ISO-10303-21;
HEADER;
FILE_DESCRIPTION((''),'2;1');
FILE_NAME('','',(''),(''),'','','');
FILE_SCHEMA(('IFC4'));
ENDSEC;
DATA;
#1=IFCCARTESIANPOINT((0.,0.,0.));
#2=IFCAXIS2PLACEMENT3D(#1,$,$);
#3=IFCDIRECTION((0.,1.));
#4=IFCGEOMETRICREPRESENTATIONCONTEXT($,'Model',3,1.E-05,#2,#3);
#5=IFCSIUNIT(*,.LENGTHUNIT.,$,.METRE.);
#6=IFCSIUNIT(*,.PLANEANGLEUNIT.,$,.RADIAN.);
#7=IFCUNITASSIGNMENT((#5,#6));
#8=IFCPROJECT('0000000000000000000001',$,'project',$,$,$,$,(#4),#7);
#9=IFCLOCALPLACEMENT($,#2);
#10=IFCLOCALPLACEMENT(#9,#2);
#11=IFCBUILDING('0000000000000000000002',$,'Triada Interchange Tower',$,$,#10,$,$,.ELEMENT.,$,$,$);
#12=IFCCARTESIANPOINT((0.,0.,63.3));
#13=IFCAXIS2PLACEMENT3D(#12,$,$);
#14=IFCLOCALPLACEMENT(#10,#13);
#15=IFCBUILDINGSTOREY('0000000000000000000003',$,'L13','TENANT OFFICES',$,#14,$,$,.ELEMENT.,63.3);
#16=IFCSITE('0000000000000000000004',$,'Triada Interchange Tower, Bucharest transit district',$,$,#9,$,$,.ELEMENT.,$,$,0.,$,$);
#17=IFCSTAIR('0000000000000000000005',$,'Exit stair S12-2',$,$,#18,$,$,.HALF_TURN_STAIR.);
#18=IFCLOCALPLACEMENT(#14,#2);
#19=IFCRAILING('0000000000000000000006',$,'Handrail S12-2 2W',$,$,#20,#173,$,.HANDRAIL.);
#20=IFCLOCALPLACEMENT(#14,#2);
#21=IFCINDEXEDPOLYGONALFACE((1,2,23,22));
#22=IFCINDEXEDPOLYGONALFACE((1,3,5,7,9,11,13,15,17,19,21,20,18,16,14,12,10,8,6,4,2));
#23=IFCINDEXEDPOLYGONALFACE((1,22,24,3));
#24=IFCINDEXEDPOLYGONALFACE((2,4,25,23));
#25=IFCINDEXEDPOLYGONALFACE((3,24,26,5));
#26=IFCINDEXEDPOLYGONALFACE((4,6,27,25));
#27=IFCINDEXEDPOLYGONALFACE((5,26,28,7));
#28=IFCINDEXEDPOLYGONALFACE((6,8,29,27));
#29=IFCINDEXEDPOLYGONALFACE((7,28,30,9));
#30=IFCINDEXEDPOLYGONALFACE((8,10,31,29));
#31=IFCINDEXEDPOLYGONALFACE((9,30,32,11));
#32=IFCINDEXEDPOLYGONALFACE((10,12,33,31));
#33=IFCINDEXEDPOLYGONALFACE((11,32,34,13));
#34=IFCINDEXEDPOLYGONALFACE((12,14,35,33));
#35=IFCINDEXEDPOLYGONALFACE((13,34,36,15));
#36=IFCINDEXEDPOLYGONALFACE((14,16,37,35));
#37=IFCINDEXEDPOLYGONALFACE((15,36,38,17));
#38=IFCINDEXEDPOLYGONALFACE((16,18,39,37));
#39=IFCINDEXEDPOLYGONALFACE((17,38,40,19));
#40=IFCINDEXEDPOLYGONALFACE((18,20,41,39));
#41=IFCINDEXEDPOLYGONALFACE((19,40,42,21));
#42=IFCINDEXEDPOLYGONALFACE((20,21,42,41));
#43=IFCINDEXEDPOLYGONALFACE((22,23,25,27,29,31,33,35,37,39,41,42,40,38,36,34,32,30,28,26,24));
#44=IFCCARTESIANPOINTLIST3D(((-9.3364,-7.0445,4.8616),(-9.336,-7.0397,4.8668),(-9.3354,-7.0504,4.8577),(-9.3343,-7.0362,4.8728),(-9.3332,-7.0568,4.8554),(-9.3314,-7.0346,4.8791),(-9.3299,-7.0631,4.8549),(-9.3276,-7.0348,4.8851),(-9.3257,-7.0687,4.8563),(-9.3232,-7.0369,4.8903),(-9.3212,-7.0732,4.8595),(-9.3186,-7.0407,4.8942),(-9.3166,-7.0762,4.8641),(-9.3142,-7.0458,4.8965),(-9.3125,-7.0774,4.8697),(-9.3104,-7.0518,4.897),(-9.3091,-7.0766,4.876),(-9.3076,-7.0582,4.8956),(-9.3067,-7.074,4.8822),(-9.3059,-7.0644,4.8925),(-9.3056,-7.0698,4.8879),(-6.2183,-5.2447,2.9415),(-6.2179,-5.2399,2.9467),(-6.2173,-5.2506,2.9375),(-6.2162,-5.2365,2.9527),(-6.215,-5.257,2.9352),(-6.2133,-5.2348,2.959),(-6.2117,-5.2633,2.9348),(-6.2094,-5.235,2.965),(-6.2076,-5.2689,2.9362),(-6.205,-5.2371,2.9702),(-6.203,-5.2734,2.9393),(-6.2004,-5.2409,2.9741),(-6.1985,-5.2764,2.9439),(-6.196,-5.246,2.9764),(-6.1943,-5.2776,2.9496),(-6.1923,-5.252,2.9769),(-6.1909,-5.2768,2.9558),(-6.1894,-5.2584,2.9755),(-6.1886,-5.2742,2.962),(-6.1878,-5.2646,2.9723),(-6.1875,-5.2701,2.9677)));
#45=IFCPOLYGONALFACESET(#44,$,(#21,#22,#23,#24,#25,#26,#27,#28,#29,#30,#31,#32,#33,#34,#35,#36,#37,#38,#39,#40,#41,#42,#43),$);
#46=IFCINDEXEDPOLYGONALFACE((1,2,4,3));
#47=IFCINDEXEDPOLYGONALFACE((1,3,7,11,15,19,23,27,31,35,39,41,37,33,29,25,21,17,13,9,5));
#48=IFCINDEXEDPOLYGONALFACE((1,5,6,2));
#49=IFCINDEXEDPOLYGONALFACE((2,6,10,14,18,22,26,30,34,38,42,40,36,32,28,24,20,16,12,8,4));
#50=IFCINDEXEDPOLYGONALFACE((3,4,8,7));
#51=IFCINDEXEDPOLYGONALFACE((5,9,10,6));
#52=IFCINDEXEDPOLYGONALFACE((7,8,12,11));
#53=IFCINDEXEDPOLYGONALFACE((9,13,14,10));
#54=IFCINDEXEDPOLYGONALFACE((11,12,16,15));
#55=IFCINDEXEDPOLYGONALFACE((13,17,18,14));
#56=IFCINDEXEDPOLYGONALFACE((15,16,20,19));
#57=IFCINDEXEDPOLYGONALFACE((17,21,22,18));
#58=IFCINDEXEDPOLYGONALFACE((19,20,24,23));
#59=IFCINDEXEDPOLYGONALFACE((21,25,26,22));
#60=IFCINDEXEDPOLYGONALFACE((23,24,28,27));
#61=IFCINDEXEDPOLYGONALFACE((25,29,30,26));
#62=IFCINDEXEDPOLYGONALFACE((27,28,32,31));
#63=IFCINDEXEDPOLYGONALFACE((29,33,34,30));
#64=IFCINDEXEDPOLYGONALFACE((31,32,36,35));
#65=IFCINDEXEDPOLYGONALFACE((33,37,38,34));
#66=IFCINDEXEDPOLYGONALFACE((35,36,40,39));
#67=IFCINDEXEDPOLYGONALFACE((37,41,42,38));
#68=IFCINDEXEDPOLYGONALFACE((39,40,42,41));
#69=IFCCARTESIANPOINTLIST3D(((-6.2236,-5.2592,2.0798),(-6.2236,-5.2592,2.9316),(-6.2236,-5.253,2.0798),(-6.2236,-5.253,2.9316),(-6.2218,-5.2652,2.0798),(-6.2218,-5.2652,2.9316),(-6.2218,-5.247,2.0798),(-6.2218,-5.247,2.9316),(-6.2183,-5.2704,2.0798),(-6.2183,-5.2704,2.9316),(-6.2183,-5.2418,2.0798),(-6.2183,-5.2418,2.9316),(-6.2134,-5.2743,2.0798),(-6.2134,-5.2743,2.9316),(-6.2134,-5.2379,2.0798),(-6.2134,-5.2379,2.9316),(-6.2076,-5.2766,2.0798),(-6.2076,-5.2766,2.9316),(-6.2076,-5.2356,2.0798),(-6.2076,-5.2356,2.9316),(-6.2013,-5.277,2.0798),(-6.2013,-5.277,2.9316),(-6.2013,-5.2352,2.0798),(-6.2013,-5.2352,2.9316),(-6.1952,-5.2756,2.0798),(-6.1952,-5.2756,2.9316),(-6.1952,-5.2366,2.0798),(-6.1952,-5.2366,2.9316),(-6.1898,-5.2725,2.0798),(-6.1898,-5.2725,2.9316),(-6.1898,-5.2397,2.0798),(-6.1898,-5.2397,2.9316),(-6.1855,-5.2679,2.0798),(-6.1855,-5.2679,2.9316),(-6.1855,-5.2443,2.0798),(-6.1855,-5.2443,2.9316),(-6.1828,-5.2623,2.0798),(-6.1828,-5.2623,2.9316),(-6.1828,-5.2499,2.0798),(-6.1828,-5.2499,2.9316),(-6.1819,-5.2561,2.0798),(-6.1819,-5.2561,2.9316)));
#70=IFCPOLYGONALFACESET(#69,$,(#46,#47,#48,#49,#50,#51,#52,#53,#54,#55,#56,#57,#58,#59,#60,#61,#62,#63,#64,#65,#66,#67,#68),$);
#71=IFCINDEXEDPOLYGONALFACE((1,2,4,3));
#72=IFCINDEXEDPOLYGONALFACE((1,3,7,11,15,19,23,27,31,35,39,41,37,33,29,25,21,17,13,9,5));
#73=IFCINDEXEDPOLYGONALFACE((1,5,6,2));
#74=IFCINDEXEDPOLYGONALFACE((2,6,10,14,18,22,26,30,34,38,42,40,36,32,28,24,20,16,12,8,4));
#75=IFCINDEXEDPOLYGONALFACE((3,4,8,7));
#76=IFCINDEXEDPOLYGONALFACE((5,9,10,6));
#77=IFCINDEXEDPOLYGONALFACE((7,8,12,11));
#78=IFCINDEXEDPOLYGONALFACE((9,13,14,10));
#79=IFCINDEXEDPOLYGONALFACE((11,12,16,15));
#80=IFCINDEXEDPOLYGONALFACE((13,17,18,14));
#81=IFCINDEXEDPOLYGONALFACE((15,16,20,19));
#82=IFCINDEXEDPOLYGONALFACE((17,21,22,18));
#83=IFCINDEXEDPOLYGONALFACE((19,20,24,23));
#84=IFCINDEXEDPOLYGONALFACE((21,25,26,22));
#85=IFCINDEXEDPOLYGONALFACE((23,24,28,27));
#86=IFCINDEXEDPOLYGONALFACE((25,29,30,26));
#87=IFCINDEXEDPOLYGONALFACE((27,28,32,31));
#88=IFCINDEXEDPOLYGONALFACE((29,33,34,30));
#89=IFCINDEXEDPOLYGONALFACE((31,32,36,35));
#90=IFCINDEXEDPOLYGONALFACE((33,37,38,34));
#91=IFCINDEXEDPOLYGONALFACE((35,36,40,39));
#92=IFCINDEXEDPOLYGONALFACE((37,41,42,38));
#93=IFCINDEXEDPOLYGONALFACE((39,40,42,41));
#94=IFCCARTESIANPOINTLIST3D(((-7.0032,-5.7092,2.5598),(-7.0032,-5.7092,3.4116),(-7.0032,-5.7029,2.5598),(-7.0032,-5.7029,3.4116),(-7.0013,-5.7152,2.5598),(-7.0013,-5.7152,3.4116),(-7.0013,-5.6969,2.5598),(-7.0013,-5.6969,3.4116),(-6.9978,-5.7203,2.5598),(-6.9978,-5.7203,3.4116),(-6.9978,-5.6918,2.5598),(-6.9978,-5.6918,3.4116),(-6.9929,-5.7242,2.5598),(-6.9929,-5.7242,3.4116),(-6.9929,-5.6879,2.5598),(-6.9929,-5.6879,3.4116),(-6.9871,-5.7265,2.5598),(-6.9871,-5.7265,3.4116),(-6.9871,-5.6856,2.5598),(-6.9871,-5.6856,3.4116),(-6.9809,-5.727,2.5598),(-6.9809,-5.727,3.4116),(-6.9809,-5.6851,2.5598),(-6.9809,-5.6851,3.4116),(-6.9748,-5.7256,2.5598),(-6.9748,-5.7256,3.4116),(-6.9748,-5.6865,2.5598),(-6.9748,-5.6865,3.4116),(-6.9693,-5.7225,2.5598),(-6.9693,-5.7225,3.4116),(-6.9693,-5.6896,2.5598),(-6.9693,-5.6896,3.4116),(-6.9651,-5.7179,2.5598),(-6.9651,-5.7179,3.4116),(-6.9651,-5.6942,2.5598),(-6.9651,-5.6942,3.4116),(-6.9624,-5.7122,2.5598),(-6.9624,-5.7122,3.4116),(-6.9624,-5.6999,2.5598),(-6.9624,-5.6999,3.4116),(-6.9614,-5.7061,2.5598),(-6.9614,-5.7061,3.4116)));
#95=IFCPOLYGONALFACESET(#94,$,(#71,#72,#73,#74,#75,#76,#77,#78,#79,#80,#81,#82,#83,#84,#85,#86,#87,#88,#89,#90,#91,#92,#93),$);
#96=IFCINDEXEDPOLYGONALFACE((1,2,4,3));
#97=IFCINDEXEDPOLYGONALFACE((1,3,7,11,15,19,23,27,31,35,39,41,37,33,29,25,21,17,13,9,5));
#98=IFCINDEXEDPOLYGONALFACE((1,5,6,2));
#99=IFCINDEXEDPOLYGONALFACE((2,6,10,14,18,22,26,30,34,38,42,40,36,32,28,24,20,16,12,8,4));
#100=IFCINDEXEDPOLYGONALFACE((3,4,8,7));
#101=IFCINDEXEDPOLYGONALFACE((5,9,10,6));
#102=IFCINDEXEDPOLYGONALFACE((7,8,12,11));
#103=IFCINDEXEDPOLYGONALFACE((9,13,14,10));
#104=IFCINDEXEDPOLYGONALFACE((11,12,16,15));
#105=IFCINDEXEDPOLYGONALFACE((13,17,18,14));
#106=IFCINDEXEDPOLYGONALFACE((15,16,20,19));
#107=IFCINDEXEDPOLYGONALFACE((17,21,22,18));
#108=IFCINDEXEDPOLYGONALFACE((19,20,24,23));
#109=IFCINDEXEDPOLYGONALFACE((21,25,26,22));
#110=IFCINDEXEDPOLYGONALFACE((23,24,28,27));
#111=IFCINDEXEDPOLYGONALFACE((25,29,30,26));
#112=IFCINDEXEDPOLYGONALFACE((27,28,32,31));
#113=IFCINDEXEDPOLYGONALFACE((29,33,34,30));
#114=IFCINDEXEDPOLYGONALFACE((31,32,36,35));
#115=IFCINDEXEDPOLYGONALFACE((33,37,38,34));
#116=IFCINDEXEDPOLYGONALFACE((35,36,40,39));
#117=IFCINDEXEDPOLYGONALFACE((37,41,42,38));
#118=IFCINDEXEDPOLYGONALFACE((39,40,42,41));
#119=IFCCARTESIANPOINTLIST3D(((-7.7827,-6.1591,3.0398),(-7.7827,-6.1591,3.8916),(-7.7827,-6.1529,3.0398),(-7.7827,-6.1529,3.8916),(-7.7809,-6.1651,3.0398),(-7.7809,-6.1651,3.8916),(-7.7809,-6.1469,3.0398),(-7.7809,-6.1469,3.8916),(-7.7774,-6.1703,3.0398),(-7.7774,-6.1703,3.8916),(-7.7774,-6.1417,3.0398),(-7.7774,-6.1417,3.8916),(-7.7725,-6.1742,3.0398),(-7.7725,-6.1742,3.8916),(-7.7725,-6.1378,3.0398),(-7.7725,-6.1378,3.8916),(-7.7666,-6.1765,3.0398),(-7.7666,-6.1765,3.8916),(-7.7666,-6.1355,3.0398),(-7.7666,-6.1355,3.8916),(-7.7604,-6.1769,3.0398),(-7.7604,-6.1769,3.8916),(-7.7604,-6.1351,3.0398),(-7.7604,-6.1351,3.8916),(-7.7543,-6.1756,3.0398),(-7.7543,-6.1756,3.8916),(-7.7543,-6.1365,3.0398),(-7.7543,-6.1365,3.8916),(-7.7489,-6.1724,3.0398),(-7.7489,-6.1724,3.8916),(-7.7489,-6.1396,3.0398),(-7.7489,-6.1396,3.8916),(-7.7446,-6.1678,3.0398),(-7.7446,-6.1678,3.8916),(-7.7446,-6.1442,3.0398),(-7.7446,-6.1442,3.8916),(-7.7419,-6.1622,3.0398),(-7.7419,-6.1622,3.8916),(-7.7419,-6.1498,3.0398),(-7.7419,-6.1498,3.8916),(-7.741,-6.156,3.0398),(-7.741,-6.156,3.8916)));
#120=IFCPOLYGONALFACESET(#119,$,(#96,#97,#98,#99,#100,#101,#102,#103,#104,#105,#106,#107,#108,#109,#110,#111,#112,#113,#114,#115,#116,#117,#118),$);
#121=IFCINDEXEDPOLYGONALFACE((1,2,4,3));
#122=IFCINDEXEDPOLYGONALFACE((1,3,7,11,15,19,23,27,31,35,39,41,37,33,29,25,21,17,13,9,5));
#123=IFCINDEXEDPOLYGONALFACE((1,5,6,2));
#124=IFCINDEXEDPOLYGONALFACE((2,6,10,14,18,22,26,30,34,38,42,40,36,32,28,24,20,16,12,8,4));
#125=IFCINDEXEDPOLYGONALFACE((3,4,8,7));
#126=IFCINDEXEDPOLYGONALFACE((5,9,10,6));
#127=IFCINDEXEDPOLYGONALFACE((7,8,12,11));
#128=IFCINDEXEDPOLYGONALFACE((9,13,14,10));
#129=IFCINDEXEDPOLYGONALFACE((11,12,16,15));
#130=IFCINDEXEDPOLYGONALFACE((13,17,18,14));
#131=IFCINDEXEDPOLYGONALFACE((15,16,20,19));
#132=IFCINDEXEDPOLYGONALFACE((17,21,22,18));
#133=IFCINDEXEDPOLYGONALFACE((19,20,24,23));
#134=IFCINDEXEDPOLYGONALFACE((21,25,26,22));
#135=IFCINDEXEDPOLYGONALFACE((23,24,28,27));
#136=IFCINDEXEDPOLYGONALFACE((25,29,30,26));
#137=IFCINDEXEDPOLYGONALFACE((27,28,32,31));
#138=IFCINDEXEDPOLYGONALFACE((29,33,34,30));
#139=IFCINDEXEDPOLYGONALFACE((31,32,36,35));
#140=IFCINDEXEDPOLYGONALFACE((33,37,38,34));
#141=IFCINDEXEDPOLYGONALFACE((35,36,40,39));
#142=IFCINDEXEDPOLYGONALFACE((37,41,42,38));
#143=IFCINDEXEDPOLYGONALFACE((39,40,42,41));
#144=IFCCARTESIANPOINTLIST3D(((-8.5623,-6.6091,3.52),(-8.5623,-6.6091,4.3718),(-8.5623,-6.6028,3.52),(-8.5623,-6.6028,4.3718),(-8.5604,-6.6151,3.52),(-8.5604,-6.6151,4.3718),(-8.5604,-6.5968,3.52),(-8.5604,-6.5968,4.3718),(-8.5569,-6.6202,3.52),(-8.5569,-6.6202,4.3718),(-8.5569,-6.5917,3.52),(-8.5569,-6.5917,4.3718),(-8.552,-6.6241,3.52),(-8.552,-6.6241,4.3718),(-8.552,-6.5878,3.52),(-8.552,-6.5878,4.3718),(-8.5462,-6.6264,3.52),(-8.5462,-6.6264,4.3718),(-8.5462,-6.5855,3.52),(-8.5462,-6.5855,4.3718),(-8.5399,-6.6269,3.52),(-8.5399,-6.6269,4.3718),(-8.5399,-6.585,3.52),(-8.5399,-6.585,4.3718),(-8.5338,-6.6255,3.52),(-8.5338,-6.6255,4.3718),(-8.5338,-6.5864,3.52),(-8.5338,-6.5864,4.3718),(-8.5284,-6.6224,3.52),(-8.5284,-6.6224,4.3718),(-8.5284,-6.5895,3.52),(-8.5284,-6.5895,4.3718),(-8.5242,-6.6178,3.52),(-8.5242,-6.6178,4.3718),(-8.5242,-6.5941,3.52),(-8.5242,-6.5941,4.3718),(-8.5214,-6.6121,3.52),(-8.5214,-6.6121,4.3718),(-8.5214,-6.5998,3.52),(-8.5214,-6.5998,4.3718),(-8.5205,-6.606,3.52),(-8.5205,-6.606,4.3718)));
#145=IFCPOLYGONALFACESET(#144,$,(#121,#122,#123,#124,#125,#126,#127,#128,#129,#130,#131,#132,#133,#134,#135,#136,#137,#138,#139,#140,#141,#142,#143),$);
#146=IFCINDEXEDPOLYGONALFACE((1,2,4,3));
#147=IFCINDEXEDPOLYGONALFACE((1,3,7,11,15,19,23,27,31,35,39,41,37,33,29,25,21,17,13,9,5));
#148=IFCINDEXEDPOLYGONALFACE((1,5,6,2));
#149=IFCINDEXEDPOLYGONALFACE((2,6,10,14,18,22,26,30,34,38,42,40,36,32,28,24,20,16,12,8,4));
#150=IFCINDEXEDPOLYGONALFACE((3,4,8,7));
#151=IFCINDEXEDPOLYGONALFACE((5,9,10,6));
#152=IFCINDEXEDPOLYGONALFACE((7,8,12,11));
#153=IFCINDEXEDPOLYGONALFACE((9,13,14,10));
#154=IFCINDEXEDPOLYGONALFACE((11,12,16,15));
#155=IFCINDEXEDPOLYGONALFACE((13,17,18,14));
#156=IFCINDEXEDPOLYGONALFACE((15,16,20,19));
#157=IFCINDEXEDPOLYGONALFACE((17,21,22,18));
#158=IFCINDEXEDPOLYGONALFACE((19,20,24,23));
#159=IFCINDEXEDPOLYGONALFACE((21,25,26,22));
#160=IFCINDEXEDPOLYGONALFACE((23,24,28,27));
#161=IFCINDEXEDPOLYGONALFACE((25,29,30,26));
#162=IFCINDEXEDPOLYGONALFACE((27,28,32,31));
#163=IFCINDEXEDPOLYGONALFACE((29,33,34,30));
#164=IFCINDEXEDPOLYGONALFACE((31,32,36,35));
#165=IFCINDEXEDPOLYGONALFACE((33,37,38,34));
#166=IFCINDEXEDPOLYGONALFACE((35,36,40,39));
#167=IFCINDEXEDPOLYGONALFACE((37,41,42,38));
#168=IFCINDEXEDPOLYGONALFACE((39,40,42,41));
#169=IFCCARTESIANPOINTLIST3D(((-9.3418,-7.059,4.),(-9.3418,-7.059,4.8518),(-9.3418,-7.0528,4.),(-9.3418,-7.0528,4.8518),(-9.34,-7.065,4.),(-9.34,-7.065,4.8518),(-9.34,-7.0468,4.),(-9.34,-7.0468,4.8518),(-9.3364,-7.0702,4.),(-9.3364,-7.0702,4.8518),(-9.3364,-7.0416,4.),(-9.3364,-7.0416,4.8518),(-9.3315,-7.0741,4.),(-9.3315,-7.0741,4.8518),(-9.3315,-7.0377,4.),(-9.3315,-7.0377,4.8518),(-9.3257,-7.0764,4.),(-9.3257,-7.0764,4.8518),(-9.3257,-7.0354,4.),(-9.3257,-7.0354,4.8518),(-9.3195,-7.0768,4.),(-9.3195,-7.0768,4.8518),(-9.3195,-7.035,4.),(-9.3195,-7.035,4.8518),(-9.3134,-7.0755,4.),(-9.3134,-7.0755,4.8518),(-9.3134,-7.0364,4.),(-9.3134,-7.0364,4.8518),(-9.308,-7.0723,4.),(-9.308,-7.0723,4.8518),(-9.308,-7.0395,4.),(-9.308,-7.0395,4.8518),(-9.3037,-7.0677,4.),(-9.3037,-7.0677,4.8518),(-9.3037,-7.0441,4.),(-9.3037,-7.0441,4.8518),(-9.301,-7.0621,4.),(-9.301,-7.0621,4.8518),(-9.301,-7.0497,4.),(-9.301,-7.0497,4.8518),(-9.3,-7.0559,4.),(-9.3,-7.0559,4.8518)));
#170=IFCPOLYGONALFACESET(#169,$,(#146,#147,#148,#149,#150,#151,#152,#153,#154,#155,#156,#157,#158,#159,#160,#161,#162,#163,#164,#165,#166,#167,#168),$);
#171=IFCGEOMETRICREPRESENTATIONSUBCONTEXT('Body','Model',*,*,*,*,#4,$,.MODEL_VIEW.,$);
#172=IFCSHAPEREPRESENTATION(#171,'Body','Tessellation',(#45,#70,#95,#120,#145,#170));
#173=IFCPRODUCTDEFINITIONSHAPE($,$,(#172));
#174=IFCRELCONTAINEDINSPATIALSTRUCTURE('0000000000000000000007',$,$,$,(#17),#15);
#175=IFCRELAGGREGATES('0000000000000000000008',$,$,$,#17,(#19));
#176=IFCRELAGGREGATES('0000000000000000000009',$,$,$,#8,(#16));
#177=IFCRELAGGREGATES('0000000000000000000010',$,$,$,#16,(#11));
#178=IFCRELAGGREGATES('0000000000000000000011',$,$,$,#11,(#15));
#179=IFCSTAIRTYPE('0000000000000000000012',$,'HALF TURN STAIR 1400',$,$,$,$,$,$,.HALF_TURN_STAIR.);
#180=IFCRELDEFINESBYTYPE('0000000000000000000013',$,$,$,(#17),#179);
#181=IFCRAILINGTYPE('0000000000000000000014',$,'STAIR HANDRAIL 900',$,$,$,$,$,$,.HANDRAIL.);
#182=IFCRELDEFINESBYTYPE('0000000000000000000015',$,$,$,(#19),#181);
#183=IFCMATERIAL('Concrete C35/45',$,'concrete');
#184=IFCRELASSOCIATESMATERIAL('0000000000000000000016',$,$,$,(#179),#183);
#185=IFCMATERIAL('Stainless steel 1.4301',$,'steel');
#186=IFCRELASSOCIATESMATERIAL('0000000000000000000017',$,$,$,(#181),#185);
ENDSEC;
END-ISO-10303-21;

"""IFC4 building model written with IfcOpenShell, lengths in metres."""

from ifc_helpers import new_model, si_unit, direction, frame, origin, origin_2d, place, context, subcontext, project, spatial, circle, extrude, material, type_object, element, aggregate, save


model = new_model("IFC4")

# Units and contexts
model_context = context("Model", 3, precision=1e-05, world=origin(), true_north=direction((0.0, 1.0)))
body_context = subcontext(model_context, "Body", "Model", "MODEL_VIEW")
ifc_project = project(units=[si_unit("LENGTHUNIT", "METRE"), si_unit("PLANEANGLEUNIT", "RADIAN")], contexts=[model_context])

# Site, building, storey
site_placement = place(None, origin())
site = spatial("IfcSite", under=ifc_project, at=site_placement, Name="Triada Interchange Tower, Bucharest transit district", CompositionType="ELEMENT", RefElevation=0.0)
building_placement = place(site_placement, origin())
building = spatial("IfcBuilding", under=site, at=building_placement, Name="Triada Interchange Tower", CompositionType="ELEMENT")
storey_placement = place(building_placement, frame((0.0, 0.0, 63.3)))
storey = spatial("IfcBuildingStorey", under=building, at=storey_placement, Name="L13", Description="TENANT OFFICES", CompositionType="ELEMENT", Elevation=63.3)

# Stair, railing
ifc_material_1 = material(Name="Concrete C35/45", Category="concrete")
stair_type = type_object("IfcStairType", Name="HALF TURN STAIR 1400", PredefinedType="HALF_TURN_STAIR", material=ifc_material_1)
stair_placement = place(storey_placement, origin())
stair = element("IfcStair", 1, at=stair_placement, inside=storey, type_object=stair_type, Name="Exit stair S12-2", PredefinedType="HALF_TURN_STAIR")
ifc_material_2 = material(Name="Stainless steel 1.4301", Category="steel")
railing_type = type_object("IfcRailingType", Name="STAIR HANDRAIL 900", PredefinedType="HANDRAIL", material=ifc_material_2)
railing_1_placement = place(storey_placement, frame((-6.2029, -5.2561, 2.0798)))
railing_1 = element("IfcRailing", 2, at=railing_1_placement, type_object=railing_type, Name="Handrail S12-2 2W", PredefinedType="HANDRAIL", context=body_context, shape_type="SweptSolid", body=[
    extrude(circle(Radius=0.0239, at=origin_2d()), frame((0.0, 0.0, 0.876), z_axis=(-0.76419, -0.44109, 0.470588), x_axis=(0.499902, -0.866082, 0.0)), (0.0, 0.0, 1.0), 4.0803),
    extrude(circle(Radius=0.021, at=origin_2d()), origin(), (0.0, 0.0, 1.0), 0.8518),
    extrude(circle(Radius=0.021, at=origin_2d()), frame((-0.7795, -0.45, 0.48)), (0.0, 0.0, 1.0), 0.8518),
    extrude(circle(Radius=0.021, at=origin_2d()), frame((-1.5591, -0.8999, 0.96)), (0.0, 0.0, 1.0), 0.8518),
    extrude(circle(Radius=0.021, at=origin_2d()), frame((-2.3386, -1.3499, 1.4402)), (0.0, 0.0, 1.0), 0.8518),
    extrude(circle(Radius=0.021, at=origin_2d()), frame((-3.1182, -1.7998, 1.9202)), (0.0, 0.0, 1.0), 0.8518),
])
aggregate(stair, [railing_1])

save(model, "model.ifc")
